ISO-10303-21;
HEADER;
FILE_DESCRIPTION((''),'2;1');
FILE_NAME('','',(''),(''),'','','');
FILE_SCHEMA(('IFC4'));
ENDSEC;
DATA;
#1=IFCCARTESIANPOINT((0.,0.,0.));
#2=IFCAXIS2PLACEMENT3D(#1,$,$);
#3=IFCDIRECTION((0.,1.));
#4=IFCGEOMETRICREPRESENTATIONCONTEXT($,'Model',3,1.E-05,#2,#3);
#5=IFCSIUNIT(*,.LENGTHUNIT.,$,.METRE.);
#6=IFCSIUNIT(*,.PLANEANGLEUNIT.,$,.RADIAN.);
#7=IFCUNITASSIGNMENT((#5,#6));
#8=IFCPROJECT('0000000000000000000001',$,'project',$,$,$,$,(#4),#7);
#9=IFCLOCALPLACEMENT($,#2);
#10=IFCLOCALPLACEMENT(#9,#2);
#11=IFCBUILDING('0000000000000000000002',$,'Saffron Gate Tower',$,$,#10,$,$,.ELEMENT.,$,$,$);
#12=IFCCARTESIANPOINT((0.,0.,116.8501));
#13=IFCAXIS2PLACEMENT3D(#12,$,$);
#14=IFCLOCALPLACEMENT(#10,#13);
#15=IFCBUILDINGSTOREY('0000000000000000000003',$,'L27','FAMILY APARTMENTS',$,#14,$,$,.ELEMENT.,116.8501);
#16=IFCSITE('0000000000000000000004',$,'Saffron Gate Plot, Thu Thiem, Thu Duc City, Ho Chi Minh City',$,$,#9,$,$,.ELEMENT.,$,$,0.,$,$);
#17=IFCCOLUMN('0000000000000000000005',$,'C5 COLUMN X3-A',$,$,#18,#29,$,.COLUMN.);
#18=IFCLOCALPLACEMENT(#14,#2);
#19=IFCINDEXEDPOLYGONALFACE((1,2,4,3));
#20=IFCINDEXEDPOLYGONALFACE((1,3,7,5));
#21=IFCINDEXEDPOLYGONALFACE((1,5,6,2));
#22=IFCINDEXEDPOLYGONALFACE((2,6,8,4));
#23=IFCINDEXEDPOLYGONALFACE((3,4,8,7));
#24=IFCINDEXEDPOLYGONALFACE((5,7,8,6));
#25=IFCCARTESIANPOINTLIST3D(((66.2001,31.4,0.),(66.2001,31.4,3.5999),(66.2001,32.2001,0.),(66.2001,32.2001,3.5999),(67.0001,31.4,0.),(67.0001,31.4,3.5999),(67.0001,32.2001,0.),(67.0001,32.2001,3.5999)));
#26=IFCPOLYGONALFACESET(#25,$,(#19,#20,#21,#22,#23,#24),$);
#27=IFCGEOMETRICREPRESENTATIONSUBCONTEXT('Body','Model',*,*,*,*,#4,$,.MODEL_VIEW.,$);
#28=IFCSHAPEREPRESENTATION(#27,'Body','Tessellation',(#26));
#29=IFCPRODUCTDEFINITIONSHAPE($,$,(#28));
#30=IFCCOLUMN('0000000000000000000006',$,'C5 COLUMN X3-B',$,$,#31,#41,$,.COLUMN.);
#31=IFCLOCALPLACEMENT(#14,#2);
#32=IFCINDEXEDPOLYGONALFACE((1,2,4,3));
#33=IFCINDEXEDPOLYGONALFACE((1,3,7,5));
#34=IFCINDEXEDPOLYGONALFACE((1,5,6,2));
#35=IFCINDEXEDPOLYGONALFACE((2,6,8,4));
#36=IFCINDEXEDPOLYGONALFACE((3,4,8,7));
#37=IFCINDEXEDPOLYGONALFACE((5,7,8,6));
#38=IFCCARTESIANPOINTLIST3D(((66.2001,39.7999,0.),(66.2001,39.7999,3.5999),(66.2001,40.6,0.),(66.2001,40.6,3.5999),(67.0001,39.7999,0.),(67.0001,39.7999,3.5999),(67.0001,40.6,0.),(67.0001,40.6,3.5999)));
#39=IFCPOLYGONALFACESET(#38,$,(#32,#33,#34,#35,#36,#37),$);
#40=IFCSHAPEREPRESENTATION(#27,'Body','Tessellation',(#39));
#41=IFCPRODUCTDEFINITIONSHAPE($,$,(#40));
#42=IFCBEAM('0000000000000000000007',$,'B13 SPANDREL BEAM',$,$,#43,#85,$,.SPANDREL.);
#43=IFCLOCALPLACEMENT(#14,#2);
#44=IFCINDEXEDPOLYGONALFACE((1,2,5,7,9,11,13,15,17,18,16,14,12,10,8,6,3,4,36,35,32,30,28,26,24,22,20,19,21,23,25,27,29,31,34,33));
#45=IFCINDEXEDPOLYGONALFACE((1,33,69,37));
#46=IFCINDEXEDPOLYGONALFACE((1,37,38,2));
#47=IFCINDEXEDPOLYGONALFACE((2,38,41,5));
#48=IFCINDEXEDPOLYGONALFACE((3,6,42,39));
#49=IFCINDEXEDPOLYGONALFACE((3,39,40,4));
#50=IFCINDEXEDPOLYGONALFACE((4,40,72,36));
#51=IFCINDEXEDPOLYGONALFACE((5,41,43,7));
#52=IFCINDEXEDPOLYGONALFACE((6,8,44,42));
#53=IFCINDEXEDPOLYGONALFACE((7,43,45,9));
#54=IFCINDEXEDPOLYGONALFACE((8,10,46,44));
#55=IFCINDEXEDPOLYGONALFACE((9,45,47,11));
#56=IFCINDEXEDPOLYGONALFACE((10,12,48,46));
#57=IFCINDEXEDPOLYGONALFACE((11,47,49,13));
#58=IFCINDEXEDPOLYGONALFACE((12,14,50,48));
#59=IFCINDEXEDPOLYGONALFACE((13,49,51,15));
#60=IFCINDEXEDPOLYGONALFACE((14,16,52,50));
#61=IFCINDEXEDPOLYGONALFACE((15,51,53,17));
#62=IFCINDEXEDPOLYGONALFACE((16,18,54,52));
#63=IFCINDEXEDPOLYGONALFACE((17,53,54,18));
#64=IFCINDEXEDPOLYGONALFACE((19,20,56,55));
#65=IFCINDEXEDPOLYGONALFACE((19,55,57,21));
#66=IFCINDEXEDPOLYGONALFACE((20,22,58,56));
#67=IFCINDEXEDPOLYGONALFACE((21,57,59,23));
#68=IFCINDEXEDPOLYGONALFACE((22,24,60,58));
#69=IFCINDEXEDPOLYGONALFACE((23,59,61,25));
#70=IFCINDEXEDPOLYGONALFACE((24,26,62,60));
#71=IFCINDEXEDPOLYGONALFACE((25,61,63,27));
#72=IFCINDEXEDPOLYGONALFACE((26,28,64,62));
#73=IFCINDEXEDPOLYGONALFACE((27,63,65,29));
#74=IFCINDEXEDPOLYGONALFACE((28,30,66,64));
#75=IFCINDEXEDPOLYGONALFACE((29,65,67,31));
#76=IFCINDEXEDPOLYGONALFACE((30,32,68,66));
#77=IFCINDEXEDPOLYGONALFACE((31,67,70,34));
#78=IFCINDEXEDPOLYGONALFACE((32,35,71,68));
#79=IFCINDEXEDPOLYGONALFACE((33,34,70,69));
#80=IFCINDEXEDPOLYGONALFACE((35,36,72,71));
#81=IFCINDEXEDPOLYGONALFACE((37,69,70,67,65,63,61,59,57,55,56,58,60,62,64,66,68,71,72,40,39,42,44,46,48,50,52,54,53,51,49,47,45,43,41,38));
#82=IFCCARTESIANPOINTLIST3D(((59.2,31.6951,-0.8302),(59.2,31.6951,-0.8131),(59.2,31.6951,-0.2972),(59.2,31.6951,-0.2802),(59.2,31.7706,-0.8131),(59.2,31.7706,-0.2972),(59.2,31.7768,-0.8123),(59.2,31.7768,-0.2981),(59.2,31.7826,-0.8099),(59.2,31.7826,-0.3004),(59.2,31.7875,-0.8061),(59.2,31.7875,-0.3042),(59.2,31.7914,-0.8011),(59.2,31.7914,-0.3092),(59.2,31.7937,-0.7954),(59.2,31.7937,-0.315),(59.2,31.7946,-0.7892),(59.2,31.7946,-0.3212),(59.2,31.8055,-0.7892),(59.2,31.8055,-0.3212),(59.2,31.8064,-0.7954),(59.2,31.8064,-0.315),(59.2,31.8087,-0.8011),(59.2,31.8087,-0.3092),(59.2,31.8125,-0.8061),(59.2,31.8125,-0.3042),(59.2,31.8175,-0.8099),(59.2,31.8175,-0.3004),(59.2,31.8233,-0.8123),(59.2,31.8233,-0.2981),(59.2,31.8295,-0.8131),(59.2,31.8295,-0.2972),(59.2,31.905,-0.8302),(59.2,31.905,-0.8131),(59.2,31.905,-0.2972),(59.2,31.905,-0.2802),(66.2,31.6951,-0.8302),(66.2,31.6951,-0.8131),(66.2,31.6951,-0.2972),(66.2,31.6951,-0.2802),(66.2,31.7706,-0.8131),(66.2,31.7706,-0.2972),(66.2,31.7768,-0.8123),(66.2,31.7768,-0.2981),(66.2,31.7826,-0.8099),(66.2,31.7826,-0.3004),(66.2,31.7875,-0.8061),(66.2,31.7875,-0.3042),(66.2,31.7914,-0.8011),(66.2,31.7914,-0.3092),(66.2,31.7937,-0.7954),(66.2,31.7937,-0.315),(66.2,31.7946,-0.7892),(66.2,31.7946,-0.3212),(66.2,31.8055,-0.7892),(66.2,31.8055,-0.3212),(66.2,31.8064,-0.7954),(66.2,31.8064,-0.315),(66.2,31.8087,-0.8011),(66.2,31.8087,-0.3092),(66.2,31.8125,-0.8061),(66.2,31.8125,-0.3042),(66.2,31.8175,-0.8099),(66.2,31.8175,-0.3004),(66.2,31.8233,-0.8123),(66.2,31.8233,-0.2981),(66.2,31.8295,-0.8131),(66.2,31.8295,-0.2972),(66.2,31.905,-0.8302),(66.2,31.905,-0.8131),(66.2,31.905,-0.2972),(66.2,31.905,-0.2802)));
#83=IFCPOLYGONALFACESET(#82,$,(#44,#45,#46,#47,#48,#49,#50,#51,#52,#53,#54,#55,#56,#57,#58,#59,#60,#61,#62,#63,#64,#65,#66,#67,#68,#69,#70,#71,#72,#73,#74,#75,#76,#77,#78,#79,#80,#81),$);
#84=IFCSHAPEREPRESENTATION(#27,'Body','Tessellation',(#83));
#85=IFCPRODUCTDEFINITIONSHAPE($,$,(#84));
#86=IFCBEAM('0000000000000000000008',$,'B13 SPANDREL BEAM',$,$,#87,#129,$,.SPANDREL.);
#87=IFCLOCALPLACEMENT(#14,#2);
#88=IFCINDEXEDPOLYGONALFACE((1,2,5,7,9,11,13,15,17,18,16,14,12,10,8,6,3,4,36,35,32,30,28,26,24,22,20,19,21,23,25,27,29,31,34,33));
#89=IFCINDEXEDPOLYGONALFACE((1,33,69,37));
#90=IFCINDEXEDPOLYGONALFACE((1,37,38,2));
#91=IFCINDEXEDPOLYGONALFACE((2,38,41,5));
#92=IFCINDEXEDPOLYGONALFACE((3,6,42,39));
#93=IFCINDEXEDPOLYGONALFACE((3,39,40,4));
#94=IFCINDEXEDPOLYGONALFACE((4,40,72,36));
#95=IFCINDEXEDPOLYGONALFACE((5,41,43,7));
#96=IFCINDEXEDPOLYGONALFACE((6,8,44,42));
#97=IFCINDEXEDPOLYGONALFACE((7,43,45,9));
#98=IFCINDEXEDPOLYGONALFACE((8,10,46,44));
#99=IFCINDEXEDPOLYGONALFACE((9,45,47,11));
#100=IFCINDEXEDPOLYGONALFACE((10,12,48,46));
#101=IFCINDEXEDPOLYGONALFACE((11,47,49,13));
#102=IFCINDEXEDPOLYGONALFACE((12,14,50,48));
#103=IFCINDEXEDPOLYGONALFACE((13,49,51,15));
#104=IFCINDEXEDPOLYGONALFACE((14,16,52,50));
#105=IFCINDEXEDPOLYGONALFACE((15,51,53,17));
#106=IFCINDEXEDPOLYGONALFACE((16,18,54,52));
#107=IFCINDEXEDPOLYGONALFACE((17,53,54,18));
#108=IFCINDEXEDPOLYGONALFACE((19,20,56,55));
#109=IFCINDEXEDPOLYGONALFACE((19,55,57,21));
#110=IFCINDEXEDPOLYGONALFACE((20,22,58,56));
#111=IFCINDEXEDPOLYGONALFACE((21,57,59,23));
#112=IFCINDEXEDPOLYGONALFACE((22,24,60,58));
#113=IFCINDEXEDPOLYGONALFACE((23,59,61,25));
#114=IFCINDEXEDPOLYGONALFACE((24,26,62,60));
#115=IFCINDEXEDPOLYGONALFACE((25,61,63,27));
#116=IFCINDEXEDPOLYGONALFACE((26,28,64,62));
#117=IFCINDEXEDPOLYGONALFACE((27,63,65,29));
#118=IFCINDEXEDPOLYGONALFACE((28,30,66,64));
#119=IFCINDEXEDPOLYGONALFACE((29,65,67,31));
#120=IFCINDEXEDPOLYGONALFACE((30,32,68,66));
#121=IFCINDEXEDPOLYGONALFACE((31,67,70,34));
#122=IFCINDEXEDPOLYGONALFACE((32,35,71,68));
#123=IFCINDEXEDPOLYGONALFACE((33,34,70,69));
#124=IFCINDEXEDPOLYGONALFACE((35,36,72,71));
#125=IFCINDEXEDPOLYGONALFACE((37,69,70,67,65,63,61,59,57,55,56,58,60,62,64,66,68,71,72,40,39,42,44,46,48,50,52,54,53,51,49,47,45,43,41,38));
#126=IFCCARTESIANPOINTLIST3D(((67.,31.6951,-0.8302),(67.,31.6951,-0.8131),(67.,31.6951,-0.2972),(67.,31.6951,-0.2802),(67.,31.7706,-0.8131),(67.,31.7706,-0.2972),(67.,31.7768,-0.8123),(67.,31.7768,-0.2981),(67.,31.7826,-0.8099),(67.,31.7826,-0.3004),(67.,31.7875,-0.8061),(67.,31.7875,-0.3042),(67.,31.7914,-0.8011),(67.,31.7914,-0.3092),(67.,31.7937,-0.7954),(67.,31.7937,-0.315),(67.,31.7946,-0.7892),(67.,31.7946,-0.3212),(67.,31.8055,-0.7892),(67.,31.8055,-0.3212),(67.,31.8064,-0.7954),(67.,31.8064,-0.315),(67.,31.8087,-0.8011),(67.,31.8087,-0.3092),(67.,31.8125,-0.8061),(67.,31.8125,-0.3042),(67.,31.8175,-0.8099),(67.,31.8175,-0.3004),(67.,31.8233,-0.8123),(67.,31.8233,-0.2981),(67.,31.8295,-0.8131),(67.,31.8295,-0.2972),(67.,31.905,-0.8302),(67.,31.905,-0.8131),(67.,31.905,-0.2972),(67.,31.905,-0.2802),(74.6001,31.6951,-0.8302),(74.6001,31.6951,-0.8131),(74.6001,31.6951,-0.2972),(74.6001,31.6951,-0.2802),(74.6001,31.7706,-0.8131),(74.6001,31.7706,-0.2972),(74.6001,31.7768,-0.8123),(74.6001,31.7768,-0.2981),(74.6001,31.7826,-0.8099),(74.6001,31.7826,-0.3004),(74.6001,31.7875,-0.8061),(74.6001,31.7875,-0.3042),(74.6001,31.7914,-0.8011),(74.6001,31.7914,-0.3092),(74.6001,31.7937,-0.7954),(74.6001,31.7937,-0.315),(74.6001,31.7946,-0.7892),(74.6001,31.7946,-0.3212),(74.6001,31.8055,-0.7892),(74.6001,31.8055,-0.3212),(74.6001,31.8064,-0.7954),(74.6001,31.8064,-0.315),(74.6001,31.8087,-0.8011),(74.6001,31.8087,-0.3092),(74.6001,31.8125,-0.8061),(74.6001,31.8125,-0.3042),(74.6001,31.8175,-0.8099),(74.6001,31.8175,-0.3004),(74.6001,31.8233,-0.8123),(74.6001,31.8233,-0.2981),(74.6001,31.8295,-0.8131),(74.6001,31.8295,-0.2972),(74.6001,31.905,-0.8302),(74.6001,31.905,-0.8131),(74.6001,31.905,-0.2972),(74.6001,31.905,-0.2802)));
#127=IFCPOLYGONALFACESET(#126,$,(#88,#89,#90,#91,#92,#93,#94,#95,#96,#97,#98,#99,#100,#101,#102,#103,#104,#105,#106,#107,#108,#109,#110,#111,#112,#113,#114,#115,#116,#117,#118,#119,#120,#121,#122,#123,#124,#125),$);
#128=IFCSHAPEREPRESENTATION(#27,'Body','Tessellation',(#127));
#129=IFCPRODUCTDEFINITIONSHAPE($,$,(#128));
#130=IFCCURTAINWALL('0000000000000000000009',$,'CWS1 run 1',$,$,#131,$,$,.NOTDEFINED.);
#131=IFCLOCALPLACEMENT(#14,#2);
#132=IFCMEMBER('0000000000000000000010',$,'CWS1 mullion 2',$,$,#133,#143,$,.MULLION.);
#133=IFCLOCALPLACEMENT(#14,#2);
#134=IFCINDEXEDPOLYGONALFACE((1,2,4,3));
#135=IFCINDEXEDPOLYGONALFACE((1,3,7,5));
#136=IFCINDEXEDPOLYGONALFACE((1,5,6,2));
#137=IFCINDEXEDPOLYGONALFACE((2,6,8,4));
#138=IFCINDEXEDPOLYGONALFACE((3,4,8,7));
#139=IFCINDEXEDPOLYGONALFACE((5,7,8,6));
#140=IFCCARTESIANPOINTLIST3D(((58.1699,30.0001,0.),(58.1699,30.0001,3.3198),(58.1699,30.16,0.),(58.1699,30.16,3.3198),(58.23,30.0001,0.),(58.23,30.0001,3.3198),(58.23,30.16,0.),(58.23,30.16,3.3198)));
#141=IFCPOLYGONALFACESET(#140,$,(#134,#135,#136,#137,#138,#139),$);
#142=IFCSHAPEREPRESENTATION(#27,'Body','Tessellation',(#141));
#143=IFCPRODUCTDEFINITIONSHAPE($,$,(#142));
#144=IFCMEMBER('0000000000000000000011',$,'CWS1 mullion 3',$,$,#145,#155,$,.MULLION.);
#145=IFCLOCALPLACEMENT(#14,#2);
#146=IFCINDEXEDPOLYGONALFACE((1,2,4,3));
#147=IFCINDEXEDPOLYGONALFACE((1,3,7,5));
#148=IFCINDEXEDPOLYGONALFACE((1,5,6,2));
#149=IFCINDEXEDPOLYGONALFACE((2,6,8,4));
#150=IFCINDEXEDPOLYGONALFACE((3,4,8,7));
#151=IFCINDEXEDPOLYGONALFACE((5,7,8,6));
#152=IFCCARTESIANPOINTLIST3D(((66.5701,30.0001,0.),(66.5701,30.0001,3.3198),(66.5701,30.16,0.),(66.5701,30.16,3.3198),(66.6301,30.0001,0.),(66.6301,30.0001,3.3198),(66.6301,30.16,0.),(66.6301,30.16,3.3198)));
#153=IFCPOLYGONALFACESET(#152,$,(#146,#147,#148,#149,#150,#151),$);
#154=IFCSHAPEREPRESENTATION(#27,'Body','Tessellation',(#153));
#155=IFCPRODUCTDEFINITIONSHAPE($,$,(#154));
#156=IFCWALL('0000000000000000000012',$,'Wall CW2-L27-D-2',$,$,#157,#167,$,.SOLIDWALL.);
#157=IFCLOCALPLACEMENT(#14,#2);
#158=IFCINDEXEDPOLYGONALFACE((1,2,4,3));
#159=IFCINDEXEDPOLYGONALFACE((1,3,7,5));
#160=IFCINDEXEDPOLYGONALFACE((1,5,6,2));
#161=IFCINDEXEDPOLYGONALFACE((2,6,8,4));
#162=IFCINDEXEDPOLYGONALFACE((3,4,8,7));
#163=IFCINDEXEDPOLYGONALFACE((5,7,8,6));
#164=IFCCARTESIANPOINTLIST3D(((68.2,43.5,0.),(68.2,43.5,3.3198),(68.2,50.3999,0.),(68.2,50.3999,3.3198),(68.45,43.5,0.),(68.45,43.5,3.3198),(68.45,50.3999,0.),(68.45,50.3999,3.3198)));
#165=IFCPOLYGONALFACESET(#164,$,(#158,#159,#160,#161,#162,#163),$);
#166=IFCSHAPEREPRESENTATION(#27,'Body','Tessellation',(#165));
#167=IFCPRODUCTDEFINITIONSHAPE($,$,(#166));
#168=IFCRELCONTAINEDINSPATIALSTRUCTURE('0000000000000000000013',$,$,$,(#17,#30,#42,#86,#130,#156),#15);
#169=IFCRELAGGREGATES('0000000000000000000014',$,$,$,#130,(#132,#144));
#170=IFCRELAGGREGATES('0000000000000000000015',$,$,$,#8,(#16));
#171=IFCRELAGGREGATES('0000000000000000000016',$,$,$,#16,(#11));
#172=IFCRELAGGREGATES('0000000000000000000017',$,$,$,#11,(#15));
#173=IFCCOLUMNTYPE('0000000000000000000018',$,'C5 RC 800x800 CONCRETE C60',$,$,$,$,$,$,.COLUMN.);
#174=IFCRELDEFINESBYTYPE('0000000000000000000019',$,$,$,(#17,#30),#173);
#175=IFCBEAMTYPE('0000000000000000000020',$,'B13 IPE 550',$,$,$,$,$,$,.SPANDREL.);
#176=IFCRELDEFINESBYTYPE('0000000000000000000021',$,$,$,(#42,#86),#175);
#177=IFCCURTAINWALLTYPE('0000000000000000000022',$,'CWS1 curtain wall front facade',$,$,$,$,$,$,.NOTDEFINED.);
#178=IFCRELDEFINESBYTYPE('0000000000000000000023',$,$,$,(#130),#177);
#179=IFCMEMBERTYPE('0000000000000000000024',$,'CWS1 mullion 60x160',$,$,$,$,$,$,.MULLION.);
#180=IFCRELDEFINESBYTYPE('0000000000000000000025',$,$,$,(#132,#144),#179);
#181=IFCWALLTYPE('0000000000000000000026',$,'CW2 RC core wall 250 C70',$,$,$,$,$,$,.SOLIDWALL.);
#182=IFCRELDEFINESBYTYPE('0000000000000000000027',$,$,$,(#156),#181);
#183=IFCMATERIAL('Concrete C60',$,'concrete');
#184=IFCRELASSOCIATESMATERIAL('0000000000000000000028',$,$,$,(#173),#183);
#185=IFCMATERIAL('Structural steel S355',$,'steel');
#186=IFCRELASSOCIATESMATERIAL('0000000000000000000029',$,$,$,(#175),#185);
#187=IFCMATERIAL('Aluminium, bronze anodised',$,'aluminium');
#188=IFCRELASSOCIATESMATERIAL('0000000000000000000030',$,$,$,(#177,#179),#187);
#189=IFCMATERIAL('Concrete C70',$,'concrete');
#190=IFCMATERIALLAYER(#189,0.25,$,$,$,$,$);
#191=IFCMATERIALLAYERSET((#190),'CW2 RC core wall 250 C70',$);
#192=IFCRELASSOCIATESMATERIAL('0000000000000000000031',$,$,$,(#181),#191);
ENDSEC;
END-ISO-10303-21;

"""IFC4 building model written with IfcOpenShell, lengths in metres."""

from ifc_helpers import new_model, si_unit, direction, frame, frame_2d, origin, origin_2d, place, context, subcontext, project, spatial, rectangle, i_section, extrude, material, layer, layer_set, material_profile, profile_set, type_object, element, aggregate, save


model = new_model("IFC4")

# Units and contexts
model_context = context("Model", 3, precision=1e-05, world=origin(), true_north=direction((0.0, 1.0)))
body_context = subcontext(model_context, "Body", "Model", "MODEL_VIEW")
ifc_project = project(units=[si_unit("LENGTHUNIT", "METRE"), si_unit("PLANEANGLEUNIT", "RADIAN")], contexts=[model_context])

# Site, building, storey
site_placement = place(None, origin())
site = spatial("IfcSite", under=ifc_project, at=site_placement, Name="Saffron Gate Plot, Thu Thiem, Thu Duc City, Ho Chi Minh City", CompositionType="ELEMENT", RefElevation=0.0)
building_placement = place(site_placement, origin())
building = spatial("IfcBuilding", under=site, at=building_placement, Name="Saffron Gate Tower", CompositionType="ELEMENT")
storey_placement = place(building_placement, frame((0.0, 0.0, 116.8501)))
storey = spatial("IfcBuildingStorey", under=building, at=storey_placement, Name="L27", Description="FAMILY APARTMENTS", CompositionType="ELEMENT", Elevation=116.8501)

# Columns
ifc_material_1 = material(Name="Concrete C60", Category="concrete")
ifc_material_profile_1 = material_profile(ifc_material_1, rectangle(XDim=0.8, YDim=0.8, at=origin_2d()))
ifc_profile_set_1 = profile_set([ifc_material_profile_1], Name="Concrete C60")
column_type = type_object("IfcColumnType", Name="C5 RC 800x800 CONCRETE C60", PredefinedType="COLUMN", material=ifc_profile_set_1)
for number, where, z_axis, x_axis, name in (
    (1, (66.6001, 31.8, 0.0), (0.0, 0.0, 1.0), (1.0, 0.0, 0.0), "C5 COLUMN X3-A"),
    (2, (66.6001, 40.2, 0.0), (0.0, 0.0, 1.0), (1.0, 0.0, 0.0), "C5 COLUMN X3-B"),
):
    element("IfcColumn", number, at=place(storey_placement, frame(where, z_axis=z_axis, x_axis=x_axis)), inside=storey, type_object=column_type, Name=name, PredefinedType="COLUMN", context=body_context, shape_type="SweptSolid", body=[
        extrude(rectangle(XDim=0.8, YDim=0.8, at=origin_2d()), origin(), (0.0, 0.0, 1.0), 3.5999),
    ])

# Beams
ifc_material_2 = material(Name="Structural steel S355", Category="steel")
ifc_material_profile_2 = material_profile(ifc_material_2, i_section(OverallWidth=0.21, OverallDepth=0.55, WebThickness=0.011, FlangeThickness=0.0171, FilletRadius=0.0239, at=origin_2d()))
ifc_profile_set_2 = profile_set([ifc_material_profile_2], Name="Structural steel S355")
beam_type = type_object("IfcBeamType", Name="B13 IPE 550", PredefinedType="SPANDREL", material=ifc_profile_set_2)
beam_1_placement = place(storey_placement, frame((59.2, 31.8, -0.5552), z_axis=(1.0, 0.0, 0.0), x_axis=(0.0, 1.0, 0.0)))
element("IfcBeam", 3, at=beam_1_placement, inside=storey, type_object=beam_type, Name="B13 SPANDREL BEAM", PredefinedType="SPANDREL", context=body_context, shape_type="SweptSolid", body=[
    extrude(i_section(OverallWidth=0.21, OverallDepth=0.55, WebThickness=0.011, FlangeThickness=0.0171, FilletRadius=0.0239, at=origin_2d()), origin(), (0.0, 0.0, 1.0), 7.0),
])
beam_2_placement = place(storey_placement, frame((67.0, 31.8, -0.5552), z_axis=(1.0, 0.0, 0.0), x_axis=(0.0, 1.0, 0.0)))
element("IfcBeam", 4, at=beam_2_placement, inside=storey, type_object=beam_type, Name="B13 SPANDREL BEAM", PredefinedType="SPANDREL", context=body_context, shape_type="SweptSolid", body=[
    extrude(i_section(OverallWidth=0.21, OverallDepth=0.55, WebThickness=0.011, FlangeThickness=0.0171, FilletRadius=0.0239, at=origin_2d()), origin(), (0.0, 0.0, 1.0), 7.6001),
])

# Curtain wall, members
ifc_material_3 = material(Name="Aluminium, bronze anodised", Category="aluminium")
curtain_wall_type = type_object("IfcCurtainWallType", Name="CWS1 curtain wall front facade", PredefinedType="NOTDEFINED", material=ifc_material_3)
curtain_wall_placement = place(storey_placement, origin())
curtain_wall = element("IfcCurtainWall", 5, at=curtain_wall_placement, inside=storey, type_object=curtain_wall_type, Name="CWS1 run 1", PredefinedType="NOTDEFINED")
ifc_material_profile_3 = material_profile(ifc_material_3, rectangle(XDim=0.1599, YDim=0.0601, at=origin_2d()))
ifc_profile_set_3 = profile_set([ifc_material_profile_3], Name="Aluminium, bronze anodised")
member_type = type_object("IfcMemberType", Name="CWS1 mullion 60x160", PredefinedType="MULLION", material=ifc_profile_set_3)
member_1_placement = place(storey_placement, frame((58.2, 30.0801, 0.0), z_axis=(0.0, 0.0, 1.0), x_axis=(0.0, 1.0, 0.0)))
member_1 = element("IfcMember", 6, at=member_1_placement, type_object=member_type, Name="CWS1 mullion 2", PredefinedType="MULLION", context=body_context, shape_type="SweptSolid", body=[
    extrude(rectangle(XDim=0.1599, YDim=0.0601, at=origin_2d()), origin(), (0.0, 0.0, 1.0), 3.3198),
])
member_2_placement = place(storey_placement, frame((66.6001, 30.0801, 0.0), z_axis=(0.0, 0.0, 1.0), x_axis=(0.0, 1.0, 0.0)))
member_2 = element("IfcMember", 7, at=member_2_placement, type_object=member_type, Name="CWS1 mullion 3", PredefinedType="MULLION", context=body_context, shape_type="SweptSolid", body=[
    extrude(rectangle(XDim=0.1599, YDim=0.0601, at=origin_2d()), origin(), (0.0, 0.0, 1.0), 3.3198),
])
aggregate(curtain_wall, [member_1, member_2])

# Wall
ifc_material_4 = material(Name="Concrete C70", Category="concrete")
ifc_layer_1 = layer(ifc_material_4, 0.25)
ifc_layer_set_1 = layer_set([ifc_layer_1], Name="CW2 RC core wall 250 C70")
wall_type_1 = type_object("IfcWallType", Name="CW2 RC core wall 250 C70", PredefinedType="SOLIDWALL", material=ifc_layer_set_1)
wall_1_placement = place(storey_placement, frame((68.325, 43.5, 0.0), z_axis=(0.0, 0.0, 1.0), x_axis=(0.0, 1.0, 0.0)))
element("IfcWall", 8, at=wall_1_placement, inside=storey, type_object=wall_type_1, Name="Wall CW2-L27-D-2", PredefinedType="SOLIDWALL", context=body_context, shape_type="SweptSolid", body=[
    extrude(rectangle(XDim=6.8999, YDim=0.25, at=frame_2d((3.45, 0.0))), origin(), (0.0, 0.0, 1.0), 3.3198),
])

save(model, "model.ifc")
